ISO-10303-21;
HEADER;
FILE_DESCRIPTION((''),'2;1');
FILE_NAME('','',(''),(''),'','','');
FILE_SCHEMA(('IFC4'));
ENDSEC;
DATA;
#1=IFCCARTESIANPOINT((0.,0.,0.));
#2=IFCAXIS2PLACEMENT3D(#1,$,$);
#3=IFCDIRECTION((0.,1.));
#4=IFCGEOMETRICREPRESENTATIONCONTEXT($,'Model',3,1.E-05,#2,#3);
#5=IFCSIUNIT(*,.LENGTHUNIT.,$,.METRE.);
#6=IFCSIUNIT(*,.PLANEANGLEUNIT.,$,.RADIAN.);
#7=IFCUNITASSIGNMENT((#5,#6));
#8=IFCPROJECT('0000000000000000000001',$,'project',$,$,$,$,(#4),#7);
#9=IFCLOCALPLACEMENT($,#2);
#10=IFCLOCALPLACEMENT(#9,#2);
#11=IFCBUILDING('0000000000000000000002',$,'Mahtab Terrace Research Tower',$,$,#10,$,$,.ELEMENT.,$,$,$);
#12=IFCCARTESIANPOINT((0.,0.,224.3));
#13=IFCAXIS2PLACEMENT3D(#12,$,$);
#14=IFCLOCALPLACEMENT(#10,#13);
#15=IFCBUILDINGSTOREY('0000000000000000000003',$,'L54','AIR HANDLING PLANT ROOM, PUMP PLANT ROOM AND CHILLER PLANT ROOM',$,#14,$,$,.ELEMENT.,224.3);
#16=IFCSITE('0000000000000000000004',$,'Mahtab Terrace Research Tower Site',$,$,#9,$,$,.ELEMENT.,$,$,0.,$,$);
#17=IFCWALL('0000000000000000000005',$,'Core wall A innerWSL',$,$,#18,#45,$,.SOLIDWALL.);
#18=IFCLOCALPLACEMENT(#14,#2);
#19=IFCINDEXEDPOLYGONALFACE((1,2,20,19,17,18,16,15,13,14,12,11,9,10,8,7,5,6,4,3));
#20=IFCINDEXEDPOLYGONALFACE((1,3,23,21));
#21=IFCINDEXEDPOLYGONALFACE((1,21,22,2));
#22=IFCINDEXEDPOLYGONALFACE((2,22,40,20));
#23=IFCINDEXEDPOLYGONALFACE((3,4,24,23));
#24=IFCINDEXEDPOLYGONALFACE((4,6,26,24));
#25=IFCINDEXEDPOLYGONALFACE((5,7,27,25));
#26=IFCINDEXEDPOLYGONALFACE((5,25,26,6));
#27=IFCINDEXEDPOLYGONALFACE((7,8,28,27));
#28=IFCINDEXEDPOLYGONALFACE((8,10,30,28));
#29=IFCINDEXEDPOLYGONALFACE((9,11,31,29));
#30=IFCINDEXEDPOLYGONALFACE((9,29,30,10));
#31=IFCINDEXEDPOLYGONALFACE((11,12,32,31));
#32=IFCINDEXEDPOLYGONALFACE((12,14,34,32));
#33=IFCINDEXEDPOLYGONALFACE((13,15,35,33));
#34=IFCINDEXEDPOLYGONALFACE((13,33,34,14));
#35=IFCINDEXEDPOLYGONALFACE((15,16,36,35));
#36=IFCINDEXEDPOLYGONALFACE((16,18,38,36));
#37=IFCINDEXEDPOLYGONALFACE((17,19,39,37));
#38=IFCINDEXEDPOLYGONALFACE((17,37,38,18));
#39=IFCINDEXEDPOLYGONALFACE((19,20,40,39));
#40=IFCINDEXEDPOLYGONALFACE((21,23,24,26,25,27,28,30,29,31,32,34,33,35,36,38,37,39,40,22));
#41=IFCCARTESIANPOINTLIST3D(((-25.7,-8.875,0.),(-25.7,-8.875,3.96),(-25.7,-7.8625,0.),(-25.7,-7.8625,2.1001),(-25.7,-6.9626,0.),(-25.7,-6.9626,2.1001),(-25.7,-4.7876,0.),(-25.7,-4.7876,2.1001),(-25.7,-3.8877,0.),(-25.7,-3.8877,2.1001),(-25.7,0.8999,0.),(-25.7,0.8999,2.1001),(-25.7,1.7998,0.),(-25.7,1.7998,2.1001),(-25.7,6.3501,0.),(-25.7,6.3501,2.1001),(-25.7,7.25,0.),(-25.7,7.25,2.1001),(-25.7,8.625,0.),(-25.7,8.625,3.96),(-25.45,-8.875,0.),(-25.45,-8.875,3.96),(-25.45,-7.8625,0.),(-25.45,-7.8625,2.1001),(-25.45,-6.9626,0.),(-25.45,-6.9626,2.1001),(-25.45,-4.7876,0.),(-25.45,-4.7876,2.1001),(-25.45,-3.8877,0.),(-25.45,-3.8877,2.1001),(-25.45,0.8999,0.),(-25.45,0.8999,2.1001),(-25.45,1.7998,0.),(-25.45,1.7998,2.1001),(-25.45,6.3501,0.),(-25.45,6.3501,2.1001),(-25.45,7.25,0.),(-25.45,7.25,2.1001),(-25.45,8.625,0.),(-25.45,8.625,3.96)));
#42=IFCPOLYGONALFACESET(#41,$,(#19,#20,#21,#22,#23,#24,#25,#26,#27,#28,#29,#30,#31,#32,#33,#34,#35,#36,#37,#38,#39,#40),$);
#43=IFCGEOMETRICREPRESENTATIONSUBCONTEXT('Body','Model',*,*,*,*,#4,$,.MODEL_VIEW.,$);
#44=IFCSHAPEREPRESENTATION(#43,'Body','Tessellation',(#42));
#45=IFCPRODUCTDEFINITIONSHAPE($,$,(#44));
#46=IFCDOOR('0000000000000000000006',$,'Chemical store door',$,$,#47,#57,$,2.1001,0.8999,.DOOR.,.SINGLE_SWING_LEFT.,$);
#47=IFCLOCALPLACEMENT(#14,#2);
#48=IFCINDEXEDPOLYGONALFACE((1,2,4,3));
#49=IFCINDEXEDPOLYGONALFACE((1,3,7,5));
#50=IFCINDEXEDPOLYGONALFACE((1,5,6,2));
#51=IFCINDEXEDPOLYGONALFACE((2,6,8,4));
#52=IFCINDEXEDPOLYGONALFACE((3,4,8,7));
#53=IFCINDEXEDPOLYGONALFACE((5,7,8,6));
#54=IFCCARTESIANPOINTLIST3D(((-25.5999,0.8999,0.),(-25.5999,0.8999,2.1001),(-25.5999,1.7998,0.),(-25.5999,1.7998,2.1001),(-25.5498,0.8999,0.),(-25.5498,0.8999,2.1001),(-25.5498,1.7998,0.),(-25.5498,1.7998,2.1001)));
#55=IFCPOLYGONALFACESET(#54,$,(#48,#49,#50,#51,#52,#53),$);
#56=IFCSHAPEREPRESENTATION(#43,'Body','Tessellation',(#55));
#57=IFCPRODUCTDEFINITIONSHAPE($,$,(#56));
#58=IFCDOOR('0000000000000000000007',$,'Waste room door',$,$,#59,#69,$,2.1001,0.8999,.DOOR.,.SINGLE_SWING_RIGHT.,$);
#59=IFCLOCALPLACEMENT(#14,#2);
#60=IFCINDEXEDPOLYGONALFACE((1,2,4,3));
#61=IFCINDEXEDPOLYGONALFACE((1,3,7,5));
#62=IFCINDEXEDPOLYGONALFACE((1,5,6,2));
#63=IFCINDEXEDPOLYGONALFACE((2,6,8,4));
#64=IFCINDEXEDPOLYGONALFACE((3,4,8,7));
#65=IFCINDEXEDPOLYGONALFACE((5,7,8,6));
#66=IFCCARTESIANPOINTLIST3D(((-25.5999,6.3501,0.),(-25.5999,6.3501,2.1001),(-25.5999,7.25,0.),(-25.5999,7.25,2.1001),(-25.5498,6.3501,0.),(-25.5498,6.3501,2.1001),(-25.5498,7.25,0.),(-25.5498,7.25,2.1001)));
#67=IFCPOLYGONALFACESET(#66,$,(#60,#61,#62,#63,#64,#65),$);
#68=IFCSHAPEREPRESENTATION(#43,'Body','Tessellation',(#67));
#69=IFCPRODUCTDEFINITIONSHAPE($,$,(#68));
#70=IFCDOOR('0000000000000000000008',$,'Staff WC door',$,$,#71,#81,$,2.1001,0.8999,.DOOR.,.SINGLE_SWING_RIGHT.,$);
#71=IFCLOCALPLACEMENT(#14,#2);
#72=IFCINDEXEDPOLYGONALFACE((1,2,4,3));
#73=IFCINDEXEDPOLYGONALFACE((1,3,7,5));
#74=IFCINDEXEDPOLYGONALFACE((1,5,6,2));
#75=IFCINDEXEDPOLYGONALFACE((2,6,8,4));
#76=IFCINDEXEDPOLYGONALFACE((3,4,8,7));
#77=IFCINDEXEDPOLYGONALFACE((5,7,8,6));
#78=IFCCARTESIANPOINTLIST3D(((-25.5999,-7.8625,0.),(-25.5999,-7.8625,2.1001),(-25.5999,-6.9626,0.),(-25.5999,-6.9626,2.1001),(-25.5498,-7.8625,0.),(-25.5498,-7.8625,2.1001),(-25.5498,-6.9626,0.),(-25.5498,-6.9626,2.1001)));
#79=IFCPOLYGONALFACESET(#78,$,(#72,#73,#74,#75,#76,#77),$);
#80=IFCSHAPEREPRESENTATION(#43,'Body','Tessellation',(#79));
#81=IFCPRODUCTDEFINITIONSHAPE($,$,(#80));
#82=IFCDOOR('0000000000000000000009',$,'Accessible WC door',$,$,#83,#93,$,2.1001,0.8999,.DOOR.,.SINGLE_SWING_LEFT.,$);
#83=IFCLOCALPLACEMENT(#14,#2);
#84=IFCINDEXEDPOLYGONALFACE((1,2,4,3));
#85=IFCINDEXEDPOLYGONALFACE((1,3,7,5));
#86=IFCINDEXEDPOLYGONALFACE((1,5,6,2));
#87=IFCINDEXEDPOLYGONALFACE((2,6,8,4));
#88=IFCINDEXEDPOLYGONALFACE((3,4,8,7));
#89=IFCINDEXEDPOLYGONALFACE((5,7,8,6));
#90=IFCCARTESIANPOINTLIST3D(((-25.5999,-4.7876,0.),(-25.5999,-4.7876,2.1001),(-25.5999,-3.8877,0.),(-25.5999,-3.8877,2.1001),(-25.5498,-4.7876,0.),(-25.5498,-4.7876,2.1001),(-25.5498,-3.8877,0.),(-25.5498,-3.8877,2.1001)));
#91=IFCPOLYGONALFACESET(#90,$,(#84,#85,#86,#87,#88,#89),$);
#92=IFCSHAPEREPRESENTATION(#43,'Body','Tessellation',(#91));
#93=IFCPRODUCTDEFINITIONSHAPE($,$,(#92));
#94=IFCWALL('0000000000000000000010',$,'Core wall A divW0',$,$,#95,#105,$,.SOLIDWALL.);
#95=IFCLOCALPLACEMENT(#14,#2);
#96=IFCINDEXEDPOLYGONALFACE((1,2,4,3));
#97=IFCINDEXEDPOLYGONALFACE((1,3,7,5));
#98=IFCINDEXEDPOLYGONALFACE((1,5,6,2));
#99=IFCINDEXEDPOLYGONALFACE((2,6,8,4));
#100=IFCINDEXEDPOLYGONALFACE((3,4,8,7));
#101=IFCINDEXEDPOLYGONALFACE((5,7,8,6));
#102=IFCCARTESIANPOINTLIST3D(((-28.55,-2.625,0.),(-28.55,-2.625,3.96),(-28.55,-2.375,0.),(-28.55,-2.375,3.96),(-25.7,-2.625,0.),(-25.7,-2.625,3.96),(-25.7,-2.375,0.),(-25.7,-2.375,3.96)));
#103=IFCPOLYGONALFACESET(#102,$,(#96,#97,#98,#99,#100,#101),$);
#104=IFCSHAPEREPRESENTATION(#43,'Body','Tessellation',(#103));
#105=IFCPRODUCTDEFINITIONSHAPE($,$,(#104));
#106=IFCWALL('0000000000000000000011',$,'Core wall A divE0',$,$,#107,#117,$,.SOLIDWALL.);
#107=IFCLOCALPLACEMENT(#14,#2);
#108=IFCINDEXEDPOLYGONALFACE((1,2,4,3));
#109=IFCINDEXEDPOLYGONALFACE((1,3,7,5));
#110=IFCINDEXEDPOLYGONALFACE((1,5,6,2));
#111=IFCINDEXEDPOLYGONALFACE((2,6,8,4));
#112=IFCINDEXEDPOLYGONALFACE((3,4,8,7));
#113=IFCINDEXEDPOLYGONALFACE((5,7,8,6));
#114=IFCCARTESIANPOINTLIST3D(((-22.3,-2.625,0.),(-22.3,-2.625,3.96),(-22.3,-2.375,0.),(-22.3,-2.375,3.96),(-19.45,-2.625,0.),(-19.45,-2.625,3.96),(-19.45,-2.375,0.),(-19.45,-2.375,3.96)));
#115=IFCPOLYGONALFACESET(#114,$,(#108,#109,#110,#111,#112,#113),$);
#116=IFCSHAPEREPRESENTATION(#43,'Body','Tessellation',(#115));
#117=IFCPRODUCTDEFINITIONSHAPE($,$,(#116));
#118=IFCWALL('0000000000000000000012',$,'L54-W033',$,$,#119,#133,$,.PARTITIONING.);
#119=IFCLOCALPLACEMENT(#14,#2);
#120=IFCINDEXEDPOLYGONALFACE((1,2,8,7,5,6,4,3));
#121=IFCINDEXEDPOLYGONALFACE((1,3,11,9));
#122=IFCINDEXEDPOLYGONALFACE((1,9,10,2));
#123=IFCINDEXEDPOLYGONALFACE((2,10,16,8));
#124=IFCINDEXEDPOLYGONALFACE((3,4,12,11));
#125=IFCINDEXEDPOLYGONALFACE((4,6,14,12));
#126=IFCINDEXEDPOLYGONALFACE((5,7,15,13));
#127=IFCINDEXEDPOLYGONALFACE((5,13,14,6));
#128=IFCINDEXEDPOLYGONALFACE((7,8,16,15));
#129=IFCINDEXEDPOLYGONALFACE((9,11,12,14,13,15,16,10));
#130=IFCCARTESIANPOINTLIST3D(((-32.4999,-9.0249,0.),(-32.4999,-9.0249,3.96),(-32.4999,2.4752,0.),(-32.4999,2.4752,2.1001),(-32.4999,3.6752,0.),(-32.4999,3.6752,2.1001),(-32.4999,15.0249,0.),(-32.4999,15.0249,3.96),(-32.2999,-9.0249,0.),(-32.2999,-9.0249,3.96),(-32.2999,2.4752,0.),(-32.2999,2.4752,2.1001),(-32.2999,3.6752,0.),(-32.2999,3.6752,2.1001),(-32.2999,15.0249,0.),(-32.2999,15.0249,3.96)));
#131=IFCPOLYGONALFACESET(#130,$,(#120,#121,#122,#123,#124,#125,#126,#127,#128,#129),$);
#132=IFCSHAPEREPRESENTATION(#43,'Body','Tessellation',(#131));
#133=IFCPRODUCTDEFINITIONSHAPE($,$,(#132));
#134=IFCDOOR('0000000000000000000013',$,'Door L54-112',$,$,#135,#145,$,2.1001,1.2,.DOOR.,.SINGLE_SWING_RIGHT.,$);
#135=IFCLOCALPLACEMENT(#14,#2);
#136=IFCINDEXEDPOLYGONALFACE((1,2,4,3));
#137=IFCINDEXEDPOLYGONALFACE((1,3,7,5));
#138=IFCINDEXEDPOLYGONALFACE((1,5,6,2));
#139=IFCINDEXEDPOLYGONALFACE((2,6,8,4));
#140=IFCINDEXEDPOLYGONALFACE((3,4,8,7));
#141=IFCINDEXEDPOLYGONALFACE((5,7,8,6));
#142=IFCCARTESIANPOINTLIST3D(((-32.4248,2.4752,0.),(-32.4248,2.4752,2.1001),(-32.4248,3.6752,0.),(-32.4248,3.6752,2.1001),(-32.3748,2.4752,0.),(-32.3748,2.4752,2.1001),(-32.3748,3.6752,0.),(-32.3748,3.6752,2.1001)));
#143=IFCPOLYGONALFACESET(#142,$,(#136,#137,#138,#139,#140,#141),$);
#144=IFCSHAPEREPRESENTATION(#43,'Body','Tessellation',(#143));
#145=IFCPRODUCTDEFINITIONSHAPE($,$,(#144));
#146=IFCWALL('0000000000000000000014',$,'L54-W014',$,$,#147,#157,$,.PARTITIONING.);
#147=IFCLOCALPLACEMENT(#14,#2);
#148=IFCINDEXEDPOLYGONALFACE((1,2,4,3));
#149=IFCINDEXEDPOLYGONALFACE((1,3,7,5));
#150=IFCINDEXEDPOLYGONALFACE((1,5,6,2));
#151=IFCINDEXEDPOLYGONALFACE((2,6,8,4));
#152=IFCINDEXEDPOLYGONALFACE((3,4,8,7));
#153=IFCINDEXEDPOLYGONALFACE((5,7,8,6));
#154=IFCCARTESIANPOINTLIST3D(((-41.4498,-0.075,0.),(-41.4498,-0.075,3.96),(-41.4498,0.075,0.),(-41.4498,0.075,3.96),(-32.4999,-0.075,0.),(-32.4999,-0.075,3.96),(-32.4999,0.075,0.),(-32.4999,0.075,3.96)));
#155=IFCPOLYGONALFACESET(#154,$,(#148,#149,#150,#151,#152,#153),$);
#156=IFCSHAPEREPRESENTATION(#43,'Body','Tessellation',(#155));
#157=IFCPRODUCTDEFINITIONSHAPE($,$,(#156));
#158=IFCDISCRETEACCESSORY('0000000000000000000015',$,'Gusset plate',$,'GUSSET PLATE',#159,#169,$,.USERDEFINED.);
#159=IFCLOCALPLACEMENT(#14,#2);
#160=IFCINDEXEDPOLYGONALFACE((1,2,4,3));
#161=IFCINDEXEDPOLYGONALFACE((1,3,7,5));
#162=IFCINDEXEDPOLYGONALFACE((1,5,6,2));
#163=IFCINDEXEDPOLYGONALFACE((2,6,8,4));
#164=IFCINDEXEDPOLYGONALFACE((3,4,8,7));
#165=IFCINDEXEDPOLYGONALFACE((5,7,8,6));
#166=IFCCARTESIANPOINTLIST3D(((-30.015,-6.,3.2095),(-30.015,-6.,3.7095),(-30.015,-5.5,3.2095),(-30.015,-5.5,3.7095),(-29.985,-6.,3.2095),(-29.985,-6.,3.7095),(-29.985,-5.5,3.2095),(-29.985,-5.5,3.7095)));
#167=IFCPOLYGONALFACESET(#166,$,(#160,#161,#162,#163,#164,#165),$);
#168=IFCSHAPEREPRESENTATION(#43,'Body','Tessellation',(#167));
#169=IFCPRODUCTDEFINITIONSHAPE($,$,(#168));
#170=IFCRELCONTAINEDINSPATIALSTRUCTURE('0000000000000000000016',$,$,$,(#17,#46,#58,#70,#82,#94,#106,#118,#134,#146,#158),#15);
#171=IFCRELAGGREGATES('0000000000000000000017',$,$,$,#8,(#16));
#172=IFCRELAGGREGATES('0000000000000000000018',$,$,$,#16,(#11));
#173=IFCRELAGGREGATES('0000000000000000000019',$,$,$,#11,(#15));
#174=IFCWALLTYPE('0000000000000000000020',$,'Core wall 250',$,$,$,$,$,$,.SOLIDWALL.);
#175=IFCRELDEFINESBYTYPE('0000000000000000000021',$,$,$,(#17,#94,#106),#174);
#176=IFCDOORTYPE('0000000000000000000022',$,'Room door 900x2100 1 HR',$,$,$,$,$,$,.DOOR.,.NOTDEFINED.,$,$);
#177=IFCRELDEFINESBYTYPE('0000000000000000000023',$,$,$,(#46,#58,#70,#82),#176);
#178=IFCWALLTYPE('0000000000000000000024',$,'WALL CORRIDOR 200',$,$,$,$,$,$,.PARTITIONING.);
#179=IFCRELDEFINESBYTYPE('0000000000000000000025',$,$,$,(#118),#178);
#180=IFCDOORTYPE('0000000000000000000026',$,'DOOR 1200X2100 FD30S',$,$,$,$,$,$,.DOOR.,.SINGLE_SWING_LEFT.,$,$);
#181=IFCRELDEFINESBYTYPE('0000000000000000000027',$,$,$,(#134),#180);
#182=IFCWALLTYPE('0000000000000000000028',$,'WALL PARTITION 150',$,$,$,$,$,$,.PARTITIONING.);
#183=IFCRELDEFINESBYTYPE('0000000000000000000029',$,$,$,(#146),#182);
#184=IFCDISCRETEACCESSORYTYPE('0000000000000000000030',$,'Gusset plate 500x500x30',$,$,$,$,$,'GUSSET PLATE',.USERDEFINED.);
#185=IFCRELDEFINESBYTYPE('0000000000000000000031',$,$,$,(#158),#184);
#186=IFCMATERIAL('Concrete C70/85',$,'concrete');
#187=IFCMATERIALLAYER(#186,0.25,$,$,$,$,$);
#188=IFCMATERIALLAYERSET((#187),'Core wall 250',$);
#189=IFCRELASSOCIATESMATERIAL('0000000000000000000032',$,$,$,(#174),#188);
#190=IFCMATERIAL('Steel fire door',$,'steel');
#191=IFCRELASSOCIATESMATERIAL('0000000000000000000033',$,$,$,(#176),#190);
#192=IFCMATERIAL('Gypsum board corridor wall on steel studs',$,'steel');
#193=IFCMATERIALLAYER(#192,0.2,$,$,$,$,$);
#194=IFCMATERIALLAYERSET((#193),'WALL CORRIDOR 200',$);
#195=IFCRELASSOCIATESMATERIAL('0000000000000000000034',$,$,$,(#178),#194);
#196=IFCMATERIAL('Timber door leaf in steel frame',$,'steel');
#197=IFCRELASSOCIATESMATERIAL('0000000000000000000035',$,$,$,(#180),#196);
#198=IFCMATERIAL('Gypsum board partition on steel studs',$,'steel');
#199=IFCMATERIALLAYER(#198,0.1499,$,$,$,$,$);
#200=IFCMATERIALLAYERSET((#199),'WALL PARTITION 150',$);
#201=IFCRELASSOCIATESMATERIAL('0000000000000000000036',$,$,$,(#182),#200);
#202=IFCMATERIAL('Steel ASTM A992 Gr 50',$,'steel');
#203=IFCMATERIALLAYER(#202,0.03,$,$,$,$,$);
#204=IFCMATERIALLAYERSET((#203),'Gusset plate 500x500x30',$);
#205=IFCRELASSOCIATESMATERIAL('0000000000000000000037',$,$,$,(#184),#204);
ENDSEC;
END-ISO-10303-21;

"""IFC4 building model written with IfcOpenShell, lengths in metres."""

from ifc_helpers import new_model, si_unit, direction, frame, frame_2d, origin, origin_2d, place, context, subcontext, project, spatial, rectangle, extrude, material, layer, layer_set, type_object, element, fill, save


model = new_model("IFC4")

# Units and contexts
model_context = context("Model", 3, precision=1e-05, world=origin(), true_north=direction((0.0, 1.0)))
body_context = subcontext(model_context, "Body", "Model", "MODEL_VIEW")
ifc_project = project(units=[si_unit("LENGTHUNIT", "METRE"), si_unit("PLANEANGLEUNIT", "RADIAN")], contexts=[model_context])

# Site, building, storey
site_placement = place(None, origin())
site = spatial("IfcSite", under=ifc_project, at=site_placement, Name="Mahtab Terrace Research Tower Site", CompositionType="ELEMENT", RefElevation=0.0)
building_placement = place(site_placement, origin())
building = spatial("IfcBuilding", under=site, at=building_placement, Name="Mahtab Terrace Research Tower", CompositionType="ELEMENT")
storey_placement = place(building_placement, frame((0.0, 0.0, 224.3)))
storey = spatial("IfcBuildingStorey", under=building, at=storey_placement, Name="L54", Description="AIR HANDLING PLANT ROOM, PUMP PLANT ROOM AND CHILLER PLANT ROOM", CompositionType="ELEMENT", Elevation=224.3)

# Shared definitions
ifc_material_1 = material(Name="Concrete C70/85", Category="concrete")

# Shared definitions
ifc_material_2 = material(Name="Steel ASTM A992 Gr 50", Category="steel")

# Wall, openings, doors
ifc_layer_1 = layer(ifc_material_1, 0.25)
ifc_layer_set_1 = layer_set([ifc_layer_1], Name="Core wall 250")
wall_type_1 = type_object("IfcWallType", Name="Core wall 250", PredefinedType="SOLIDWALL", material=ifc_layer_set_1)
wall_1_placement = place(storey_placement, frame((-25.575, -8.875, 0.0), z_axis=(0.0, 0.0, 1.0), x_axis=(0.0, 1.0, 0.0)))
wall_1 = element("IfcWall", 1, at=wall_1_placement, inside=storey, type_object=wall_type_1, Name="Core wall A innerWSL", PredefinedType="SOLIDWALL", context=body_context, shape_type="SweptSolid", body=[
    extrude(rectangle(XDim=17.5, YDim=0.25, at=frame_2d((8.75, 0.0))), origin(), (0.0, 0.0, 1.0), 3.96),
])
opening_1_placement = place(wall_1_placement, frame((9.7749, 0.0, 0.0)))
opening_1 = element("IfcOpeningElement", 2, at=opening_1_placement, cuts=wall_1, PredefinedType="OPENING", context=body_context, shape_type="SweptSolid", body=[
    extrude(rectangle(XDim=0.8999, YDim=2.1001, at=frame_2d((0.45, 1.05))), frame((0.0, 0.135, 0.0), z_axis=(0.0, -1.0, 0.0), x_axis=(1.0, 0.0, 0.0)), (0.0, 0.0, 1.0), 0.27),
])
opening_2_placement = place(wall_1_placement, frame((15.2251, 0.0, 0.0)))
opening_2 = element("IfcOpeningElement", 3, at=opening_2_placement, cuts=wall_1, PredefinedType="OPENING", context=body_context, shape_type="SweptSolid", body=[
    extrude(rectangle(XDim=0.8999, YDim=2.1001, at=frame_2d((0.45, 1.05))), frame((0.0, 0.135, 0.0), z_axis=(0.0, -1.0, 0.0), x_axis=(1.0, 0.0, 0.0)), (0.0, 0.0, 1.0), 0.27),
])
opening_3_placement = place(wall_1_placement, frame((1.0125, 0.0, 0.0)))
opening_3 = element("IfcOpeningElement", 4, at=opening_3_placement, cuts=wall_1, PredefinedType="OPENING", context=body_context, shape_type="SweptSolid", body=[
    extrude(rectangle(XDim=0.8999, YDim=2.1001, at=frame_2d((0.45, 1.05))), frame((0.0, 0.135, 0.0), z_axis=(0.0, -1.0, 0.0), x_axis=(1.0, 0.0, 0.0)), (0.0, 0.0, 1.0), 0.27),
])
opening_4_placement = place(wall_1_placement, frame((4.0874, 0.0, 0.0)))
opening_4 = element("IfcOpeningElement", 5, at=opening_4_placement, cuts=wall_1, PredefinedType="OPENING", context=body_context, shape_type="SweptSolid", body=[
    extrude(rectangle(XDim=0.8999, YDim=2.1001, at=frame_2d((0.45, 1.05))), frame((0.0, 0.135, 0.0), z_axis=(0.0, -1.0, 0.0), x_axis=(1.0, 0.0, 0.0)), (0.0, 0.0, 1.0), 0.27),
])
ifc_material_3 = material(Name="Steel fire door", Category="steel")
door_type_1 = type_object("IfcDoorType", Name="Room door 900x2100 1 HR", OperationType="NOTDEFINED", PredefinedType="DOOR", material=ifc_material_3)
door_1_placement = place(opening_1_placement, origin())
door_1 = element("IfcDoor", 6, at=door_1_placement, inside=storey, type_object=door_type_1, Name="Chemical store door", OperationType="SINGLE_SWING_LEFT", OverallHeight=2.1001, OverallWidth=0.8999, PredefinedType="DOOR", context=body_context, shape_type="SweptSolid", body=[
    extrude(rectangle(XDim=0.8999, YDim=2.1001, at=frame_2d((0.45, 1.05))), frame((0.0, 0.0249, 0.0), z_axis=(0.0, -1.0, 0.0), x_axis=(1.0, 0.0, 0.0)), (0.0, 0.0, 1.0), 0.05),
])
fill(opening_1, door_1)
door_2_placement = place(opening_2_placement, origin())
door_2 = element("IfcDoor", 7, at=door_2_placement, inside=storey, type_object=door_type_1, Name="Waste room door", OperationType="SINGLE_SWING_RIGHT", OverallHeight=2.1001, OverallWidth=0.8999, PredefinedType="DOOR", context=body_context, shape_type="SweptSolid", body=[
    extrude(rectangle(XDim=0.8999, YDim=2.1001, at=frame_2d((0.45, 1.05))), frame((0.0, 0.0249, 0.0), z_axis=(0.0, -1.0, 0.0), x_axis=(1.0, 0.0, 0.0)), (0.0, 0.0, 1.0), 0.05),
])
fill(opening_2, door_2)
door_3_placement = place(opening_3_placement, origin())
door_3 = element("IfcDoor", 8, at=door_3_placement, inside=storey, type_object=door_type_1, Name="Staff WC door", OperationType="SINGLE_SWING_RIGHT", OverallHeight=2.1001, OverallWidth=0.8999, PredefinedType="DOOR", context=body_context, shape_type="SweptSolid", body=[
    extrude(rectangle(XDim=0.8999, YDim=2.1001, at=frame_2d((0.45, 1.05))), frame((0.0, 0.0249, 0.0), z_axis=(0.0, -1.0, 0.0), x_axis=(1.0, 0.0, 0.0)), (0.0, 0.0, 1.0), 0.05),
])
fill(opening_3, door_3)
door_4_placement = place(opening_4_placement, origin())
door_4 = element("IfcDoor", 9, at=door_4_placement, inside=storey, type_object=door_type_1, Name="Accessible WC door", OperationType="SINGLE_SWING_LEFT", OverallHeight=2.1001, OverallWidth=0.8999, PredefinedType="DOOR", context=body_context, shape_type="SweptSolid", body=[
    extrude(rectangle(XDim=0.8999, YDim=2.1001, at=frame_2d((0.45, 1.05))), frame((0.0, 0.0249, 0.0), z_axis=(0.0, -1.0, 0.0), x_axis=(1.0, 0.0, 0.0)), (0.0, 0.0, 1.0), 0.05),
])
fill(opening_4, door_4)

# Walls
for number, where, z_axis, x_axis, name in (
    (10, (-28.55, -2.5, 0.0), (0.0, 0.0, 1.0), (1.0, 0.0, 0.0), "Core wall A divW0"),
    (11, (-22.3, -2.5, 0.0), (0.0, 0.0, 1.0), (1.0, 0.0, 0.0), "Core wall A divE0"),
):
    element("IfcWall", number, at=place(storey_placement, frame(where, z_axis=z_axis, x_axis=x_axis)), inside=storey, type_object=wall_type_1, Name=name, PredefinedType="SOLIDWALL", context=body_context, shape_type="SweptSolid", body=[
        extrude(rectangle(XDim=2.8501, YDim=0.25, at=frame_2d((1.425, 0.0))), origin(), (0.0, 0.0, 1.0), 3.96),
    ])

# Wall, opening, door
ifc_material_4 = material(Name="Gypsum board corridor wall on steel studs", Category="steel")
ifc_layer_2 = layer(ifc_material_4, 0.2)
ifc_layer_set_2 = layer_set([ifc_layer_2], Name="WALL CORRIDOR 200")
wall_type_2 = type_object("IfcWallType", Name="WALL CORRIDOR 200", PredefinedType="PARTITIONING", material=ifc_layer_set_2)
wall_2_placement = place(storey_placement, frame((-32.3999, -9.0249, 0.0), z_axis=(0.0, 0.0, 1.0), x_axis=(0.0, 1.0, 0.0)))
wall_2 = element("IfcWall", 12, at=wall_2_placement, inside=storey, type_object=wall_type_2, Name="L54-W033", PredefinedType="PARTITIONING", context=body_context, shape_type="SweptSolid", body=[
    extrude(rectangle(XDim=24.0498, YDim=0.2, at=frame_2d((12.0249, 0.0))), origin(), (0.0, 0.0, 1.0), 3.96),
])
opening_5_placement = place(wall_2_placement, frame((11.5, 0.0, 0.0)))
opening_5 = element("IfcOpeningElement", 13, at=opening_5_placement, cuts=wall_2, PredefinedType="OPENING", context=body_context, shape_type="SweptSolid", body=[
    extrude(rectangle(XDim=1.2, YDim=2.1001, at=frame_2d((0.6001, 1.05))), frame((0.0, 0.1099, 0.0), z_axis=(0.0, -1.0, 0.0), x_axis=(1.0, 0.0, 0.0)), (0.0, 0.0, 1.0), 0.22),
])
ifc_material_5 = material(Name="Timber door leaf in steel frame", Category="steel")
door_type_2 = type_object("IfcDoorType", Name="DOOR 1200X2100 FD30S", OperationType="SINGLE_SWING_LEFT", PredefinedType="DOOR", material=ifc_material_5)
door_5_placement = place(opening_5_placement, origin())
door_5 = element("IfcDoor", 14, at=door_5_placement, inside=storey, type_object=door_type_2, Name="Door L54-112", OperationType="SINGLE_SWING_RIGHT", OverallHeight=2.1001, OverallWidth=1.2, PredefinedType="DOOR", context=body_context, shape_type="SweptSolid", body=[
    extrude(rectangle(XDim=1.2, YDim=2.1001, at=frame_2d((0.6001, 1.05))), frame((0.0, 0.0249, 0.0), z_axis=(0.0, -1.0, 0.0), x_axis=(1.0, 0.0, 0.0)), (0.0, 0.0, 1.0), 0.05),
])
fill(opening_5, door_5)

# Wall
ifc_material_6 = material(Name="Gypsum board partition on steel studs", Category="steel")
ifc_layer_3 = layer(ifc_material_6, 0.1499)
ifc_layer_set_3 = layer_set([ifc_layer_3], Name="WALL PARTITION 150")
wall_type_3 = type_object("IfcWallType", Name="WALL PARTITION 150", PredefinedType="PARTITIONING", material=ifc_layer_set_3)
wall_3_placement = place(storey_placement, frame((-41.45, 0.0, 0.0), z_axis=(0.0, 0.0, 1.0), x_axis=(1.0, 0.0, 0.0)))
element("IfcWall", 15, at=wall_3_placement, inside=storey, type_object=wall_type_3, Name="L54-W014", PredefinedType="PARTITIONING", context=body_context, shape_type="SweptSolid", body=[
    extrude(rectangle(XDim=8.95, YDim=0.1499, at=frame_2d((4.4751, 0.0))), origin(), (0.0, 0.0, 1.0), 3.96),
])

# Discrete accessory
ifc_layer_4 = layer(ifc_material_2, 0.03)
ifc_layer_set_4 = layer_set([ifc_layer_4], Name="Gusset plate 500x500x30")
discrete_accessory_type = type_object("IfcDiscreteAccessoryType", Name="Gusset plate 500x500x30", ElementType="GUSSET PLATE", PredefinedType="USERDEFINED", material=ifc_layer_set_4)
for number, where, z_axis, x_axis, name in (
    (16, (-30.0, -5.75, 3.2095), (0.0, 0.0, 1.0), (0.0, 1.0, 0.0), "Gusset plate"),
):
    element("IfcDiscreteAccessory", number, at=place(storey_placement, frame(where, z_axis=z_axis, x_axis=x_axis)), inside=storey, type_object=discrete_accessory_type, Name=name, ObjectType="GUSSET PLATE", PredefinedType="USERDEFINED", context=body_context, shape_type="SweptSolid", body=[
        extrude(rectangle(XDim=0.5, YDim=0.03, at=origin_2d()), origin(), (0.0, 0.0, 1.0), 0.5),
    ])

save(model, "model.ifc")
